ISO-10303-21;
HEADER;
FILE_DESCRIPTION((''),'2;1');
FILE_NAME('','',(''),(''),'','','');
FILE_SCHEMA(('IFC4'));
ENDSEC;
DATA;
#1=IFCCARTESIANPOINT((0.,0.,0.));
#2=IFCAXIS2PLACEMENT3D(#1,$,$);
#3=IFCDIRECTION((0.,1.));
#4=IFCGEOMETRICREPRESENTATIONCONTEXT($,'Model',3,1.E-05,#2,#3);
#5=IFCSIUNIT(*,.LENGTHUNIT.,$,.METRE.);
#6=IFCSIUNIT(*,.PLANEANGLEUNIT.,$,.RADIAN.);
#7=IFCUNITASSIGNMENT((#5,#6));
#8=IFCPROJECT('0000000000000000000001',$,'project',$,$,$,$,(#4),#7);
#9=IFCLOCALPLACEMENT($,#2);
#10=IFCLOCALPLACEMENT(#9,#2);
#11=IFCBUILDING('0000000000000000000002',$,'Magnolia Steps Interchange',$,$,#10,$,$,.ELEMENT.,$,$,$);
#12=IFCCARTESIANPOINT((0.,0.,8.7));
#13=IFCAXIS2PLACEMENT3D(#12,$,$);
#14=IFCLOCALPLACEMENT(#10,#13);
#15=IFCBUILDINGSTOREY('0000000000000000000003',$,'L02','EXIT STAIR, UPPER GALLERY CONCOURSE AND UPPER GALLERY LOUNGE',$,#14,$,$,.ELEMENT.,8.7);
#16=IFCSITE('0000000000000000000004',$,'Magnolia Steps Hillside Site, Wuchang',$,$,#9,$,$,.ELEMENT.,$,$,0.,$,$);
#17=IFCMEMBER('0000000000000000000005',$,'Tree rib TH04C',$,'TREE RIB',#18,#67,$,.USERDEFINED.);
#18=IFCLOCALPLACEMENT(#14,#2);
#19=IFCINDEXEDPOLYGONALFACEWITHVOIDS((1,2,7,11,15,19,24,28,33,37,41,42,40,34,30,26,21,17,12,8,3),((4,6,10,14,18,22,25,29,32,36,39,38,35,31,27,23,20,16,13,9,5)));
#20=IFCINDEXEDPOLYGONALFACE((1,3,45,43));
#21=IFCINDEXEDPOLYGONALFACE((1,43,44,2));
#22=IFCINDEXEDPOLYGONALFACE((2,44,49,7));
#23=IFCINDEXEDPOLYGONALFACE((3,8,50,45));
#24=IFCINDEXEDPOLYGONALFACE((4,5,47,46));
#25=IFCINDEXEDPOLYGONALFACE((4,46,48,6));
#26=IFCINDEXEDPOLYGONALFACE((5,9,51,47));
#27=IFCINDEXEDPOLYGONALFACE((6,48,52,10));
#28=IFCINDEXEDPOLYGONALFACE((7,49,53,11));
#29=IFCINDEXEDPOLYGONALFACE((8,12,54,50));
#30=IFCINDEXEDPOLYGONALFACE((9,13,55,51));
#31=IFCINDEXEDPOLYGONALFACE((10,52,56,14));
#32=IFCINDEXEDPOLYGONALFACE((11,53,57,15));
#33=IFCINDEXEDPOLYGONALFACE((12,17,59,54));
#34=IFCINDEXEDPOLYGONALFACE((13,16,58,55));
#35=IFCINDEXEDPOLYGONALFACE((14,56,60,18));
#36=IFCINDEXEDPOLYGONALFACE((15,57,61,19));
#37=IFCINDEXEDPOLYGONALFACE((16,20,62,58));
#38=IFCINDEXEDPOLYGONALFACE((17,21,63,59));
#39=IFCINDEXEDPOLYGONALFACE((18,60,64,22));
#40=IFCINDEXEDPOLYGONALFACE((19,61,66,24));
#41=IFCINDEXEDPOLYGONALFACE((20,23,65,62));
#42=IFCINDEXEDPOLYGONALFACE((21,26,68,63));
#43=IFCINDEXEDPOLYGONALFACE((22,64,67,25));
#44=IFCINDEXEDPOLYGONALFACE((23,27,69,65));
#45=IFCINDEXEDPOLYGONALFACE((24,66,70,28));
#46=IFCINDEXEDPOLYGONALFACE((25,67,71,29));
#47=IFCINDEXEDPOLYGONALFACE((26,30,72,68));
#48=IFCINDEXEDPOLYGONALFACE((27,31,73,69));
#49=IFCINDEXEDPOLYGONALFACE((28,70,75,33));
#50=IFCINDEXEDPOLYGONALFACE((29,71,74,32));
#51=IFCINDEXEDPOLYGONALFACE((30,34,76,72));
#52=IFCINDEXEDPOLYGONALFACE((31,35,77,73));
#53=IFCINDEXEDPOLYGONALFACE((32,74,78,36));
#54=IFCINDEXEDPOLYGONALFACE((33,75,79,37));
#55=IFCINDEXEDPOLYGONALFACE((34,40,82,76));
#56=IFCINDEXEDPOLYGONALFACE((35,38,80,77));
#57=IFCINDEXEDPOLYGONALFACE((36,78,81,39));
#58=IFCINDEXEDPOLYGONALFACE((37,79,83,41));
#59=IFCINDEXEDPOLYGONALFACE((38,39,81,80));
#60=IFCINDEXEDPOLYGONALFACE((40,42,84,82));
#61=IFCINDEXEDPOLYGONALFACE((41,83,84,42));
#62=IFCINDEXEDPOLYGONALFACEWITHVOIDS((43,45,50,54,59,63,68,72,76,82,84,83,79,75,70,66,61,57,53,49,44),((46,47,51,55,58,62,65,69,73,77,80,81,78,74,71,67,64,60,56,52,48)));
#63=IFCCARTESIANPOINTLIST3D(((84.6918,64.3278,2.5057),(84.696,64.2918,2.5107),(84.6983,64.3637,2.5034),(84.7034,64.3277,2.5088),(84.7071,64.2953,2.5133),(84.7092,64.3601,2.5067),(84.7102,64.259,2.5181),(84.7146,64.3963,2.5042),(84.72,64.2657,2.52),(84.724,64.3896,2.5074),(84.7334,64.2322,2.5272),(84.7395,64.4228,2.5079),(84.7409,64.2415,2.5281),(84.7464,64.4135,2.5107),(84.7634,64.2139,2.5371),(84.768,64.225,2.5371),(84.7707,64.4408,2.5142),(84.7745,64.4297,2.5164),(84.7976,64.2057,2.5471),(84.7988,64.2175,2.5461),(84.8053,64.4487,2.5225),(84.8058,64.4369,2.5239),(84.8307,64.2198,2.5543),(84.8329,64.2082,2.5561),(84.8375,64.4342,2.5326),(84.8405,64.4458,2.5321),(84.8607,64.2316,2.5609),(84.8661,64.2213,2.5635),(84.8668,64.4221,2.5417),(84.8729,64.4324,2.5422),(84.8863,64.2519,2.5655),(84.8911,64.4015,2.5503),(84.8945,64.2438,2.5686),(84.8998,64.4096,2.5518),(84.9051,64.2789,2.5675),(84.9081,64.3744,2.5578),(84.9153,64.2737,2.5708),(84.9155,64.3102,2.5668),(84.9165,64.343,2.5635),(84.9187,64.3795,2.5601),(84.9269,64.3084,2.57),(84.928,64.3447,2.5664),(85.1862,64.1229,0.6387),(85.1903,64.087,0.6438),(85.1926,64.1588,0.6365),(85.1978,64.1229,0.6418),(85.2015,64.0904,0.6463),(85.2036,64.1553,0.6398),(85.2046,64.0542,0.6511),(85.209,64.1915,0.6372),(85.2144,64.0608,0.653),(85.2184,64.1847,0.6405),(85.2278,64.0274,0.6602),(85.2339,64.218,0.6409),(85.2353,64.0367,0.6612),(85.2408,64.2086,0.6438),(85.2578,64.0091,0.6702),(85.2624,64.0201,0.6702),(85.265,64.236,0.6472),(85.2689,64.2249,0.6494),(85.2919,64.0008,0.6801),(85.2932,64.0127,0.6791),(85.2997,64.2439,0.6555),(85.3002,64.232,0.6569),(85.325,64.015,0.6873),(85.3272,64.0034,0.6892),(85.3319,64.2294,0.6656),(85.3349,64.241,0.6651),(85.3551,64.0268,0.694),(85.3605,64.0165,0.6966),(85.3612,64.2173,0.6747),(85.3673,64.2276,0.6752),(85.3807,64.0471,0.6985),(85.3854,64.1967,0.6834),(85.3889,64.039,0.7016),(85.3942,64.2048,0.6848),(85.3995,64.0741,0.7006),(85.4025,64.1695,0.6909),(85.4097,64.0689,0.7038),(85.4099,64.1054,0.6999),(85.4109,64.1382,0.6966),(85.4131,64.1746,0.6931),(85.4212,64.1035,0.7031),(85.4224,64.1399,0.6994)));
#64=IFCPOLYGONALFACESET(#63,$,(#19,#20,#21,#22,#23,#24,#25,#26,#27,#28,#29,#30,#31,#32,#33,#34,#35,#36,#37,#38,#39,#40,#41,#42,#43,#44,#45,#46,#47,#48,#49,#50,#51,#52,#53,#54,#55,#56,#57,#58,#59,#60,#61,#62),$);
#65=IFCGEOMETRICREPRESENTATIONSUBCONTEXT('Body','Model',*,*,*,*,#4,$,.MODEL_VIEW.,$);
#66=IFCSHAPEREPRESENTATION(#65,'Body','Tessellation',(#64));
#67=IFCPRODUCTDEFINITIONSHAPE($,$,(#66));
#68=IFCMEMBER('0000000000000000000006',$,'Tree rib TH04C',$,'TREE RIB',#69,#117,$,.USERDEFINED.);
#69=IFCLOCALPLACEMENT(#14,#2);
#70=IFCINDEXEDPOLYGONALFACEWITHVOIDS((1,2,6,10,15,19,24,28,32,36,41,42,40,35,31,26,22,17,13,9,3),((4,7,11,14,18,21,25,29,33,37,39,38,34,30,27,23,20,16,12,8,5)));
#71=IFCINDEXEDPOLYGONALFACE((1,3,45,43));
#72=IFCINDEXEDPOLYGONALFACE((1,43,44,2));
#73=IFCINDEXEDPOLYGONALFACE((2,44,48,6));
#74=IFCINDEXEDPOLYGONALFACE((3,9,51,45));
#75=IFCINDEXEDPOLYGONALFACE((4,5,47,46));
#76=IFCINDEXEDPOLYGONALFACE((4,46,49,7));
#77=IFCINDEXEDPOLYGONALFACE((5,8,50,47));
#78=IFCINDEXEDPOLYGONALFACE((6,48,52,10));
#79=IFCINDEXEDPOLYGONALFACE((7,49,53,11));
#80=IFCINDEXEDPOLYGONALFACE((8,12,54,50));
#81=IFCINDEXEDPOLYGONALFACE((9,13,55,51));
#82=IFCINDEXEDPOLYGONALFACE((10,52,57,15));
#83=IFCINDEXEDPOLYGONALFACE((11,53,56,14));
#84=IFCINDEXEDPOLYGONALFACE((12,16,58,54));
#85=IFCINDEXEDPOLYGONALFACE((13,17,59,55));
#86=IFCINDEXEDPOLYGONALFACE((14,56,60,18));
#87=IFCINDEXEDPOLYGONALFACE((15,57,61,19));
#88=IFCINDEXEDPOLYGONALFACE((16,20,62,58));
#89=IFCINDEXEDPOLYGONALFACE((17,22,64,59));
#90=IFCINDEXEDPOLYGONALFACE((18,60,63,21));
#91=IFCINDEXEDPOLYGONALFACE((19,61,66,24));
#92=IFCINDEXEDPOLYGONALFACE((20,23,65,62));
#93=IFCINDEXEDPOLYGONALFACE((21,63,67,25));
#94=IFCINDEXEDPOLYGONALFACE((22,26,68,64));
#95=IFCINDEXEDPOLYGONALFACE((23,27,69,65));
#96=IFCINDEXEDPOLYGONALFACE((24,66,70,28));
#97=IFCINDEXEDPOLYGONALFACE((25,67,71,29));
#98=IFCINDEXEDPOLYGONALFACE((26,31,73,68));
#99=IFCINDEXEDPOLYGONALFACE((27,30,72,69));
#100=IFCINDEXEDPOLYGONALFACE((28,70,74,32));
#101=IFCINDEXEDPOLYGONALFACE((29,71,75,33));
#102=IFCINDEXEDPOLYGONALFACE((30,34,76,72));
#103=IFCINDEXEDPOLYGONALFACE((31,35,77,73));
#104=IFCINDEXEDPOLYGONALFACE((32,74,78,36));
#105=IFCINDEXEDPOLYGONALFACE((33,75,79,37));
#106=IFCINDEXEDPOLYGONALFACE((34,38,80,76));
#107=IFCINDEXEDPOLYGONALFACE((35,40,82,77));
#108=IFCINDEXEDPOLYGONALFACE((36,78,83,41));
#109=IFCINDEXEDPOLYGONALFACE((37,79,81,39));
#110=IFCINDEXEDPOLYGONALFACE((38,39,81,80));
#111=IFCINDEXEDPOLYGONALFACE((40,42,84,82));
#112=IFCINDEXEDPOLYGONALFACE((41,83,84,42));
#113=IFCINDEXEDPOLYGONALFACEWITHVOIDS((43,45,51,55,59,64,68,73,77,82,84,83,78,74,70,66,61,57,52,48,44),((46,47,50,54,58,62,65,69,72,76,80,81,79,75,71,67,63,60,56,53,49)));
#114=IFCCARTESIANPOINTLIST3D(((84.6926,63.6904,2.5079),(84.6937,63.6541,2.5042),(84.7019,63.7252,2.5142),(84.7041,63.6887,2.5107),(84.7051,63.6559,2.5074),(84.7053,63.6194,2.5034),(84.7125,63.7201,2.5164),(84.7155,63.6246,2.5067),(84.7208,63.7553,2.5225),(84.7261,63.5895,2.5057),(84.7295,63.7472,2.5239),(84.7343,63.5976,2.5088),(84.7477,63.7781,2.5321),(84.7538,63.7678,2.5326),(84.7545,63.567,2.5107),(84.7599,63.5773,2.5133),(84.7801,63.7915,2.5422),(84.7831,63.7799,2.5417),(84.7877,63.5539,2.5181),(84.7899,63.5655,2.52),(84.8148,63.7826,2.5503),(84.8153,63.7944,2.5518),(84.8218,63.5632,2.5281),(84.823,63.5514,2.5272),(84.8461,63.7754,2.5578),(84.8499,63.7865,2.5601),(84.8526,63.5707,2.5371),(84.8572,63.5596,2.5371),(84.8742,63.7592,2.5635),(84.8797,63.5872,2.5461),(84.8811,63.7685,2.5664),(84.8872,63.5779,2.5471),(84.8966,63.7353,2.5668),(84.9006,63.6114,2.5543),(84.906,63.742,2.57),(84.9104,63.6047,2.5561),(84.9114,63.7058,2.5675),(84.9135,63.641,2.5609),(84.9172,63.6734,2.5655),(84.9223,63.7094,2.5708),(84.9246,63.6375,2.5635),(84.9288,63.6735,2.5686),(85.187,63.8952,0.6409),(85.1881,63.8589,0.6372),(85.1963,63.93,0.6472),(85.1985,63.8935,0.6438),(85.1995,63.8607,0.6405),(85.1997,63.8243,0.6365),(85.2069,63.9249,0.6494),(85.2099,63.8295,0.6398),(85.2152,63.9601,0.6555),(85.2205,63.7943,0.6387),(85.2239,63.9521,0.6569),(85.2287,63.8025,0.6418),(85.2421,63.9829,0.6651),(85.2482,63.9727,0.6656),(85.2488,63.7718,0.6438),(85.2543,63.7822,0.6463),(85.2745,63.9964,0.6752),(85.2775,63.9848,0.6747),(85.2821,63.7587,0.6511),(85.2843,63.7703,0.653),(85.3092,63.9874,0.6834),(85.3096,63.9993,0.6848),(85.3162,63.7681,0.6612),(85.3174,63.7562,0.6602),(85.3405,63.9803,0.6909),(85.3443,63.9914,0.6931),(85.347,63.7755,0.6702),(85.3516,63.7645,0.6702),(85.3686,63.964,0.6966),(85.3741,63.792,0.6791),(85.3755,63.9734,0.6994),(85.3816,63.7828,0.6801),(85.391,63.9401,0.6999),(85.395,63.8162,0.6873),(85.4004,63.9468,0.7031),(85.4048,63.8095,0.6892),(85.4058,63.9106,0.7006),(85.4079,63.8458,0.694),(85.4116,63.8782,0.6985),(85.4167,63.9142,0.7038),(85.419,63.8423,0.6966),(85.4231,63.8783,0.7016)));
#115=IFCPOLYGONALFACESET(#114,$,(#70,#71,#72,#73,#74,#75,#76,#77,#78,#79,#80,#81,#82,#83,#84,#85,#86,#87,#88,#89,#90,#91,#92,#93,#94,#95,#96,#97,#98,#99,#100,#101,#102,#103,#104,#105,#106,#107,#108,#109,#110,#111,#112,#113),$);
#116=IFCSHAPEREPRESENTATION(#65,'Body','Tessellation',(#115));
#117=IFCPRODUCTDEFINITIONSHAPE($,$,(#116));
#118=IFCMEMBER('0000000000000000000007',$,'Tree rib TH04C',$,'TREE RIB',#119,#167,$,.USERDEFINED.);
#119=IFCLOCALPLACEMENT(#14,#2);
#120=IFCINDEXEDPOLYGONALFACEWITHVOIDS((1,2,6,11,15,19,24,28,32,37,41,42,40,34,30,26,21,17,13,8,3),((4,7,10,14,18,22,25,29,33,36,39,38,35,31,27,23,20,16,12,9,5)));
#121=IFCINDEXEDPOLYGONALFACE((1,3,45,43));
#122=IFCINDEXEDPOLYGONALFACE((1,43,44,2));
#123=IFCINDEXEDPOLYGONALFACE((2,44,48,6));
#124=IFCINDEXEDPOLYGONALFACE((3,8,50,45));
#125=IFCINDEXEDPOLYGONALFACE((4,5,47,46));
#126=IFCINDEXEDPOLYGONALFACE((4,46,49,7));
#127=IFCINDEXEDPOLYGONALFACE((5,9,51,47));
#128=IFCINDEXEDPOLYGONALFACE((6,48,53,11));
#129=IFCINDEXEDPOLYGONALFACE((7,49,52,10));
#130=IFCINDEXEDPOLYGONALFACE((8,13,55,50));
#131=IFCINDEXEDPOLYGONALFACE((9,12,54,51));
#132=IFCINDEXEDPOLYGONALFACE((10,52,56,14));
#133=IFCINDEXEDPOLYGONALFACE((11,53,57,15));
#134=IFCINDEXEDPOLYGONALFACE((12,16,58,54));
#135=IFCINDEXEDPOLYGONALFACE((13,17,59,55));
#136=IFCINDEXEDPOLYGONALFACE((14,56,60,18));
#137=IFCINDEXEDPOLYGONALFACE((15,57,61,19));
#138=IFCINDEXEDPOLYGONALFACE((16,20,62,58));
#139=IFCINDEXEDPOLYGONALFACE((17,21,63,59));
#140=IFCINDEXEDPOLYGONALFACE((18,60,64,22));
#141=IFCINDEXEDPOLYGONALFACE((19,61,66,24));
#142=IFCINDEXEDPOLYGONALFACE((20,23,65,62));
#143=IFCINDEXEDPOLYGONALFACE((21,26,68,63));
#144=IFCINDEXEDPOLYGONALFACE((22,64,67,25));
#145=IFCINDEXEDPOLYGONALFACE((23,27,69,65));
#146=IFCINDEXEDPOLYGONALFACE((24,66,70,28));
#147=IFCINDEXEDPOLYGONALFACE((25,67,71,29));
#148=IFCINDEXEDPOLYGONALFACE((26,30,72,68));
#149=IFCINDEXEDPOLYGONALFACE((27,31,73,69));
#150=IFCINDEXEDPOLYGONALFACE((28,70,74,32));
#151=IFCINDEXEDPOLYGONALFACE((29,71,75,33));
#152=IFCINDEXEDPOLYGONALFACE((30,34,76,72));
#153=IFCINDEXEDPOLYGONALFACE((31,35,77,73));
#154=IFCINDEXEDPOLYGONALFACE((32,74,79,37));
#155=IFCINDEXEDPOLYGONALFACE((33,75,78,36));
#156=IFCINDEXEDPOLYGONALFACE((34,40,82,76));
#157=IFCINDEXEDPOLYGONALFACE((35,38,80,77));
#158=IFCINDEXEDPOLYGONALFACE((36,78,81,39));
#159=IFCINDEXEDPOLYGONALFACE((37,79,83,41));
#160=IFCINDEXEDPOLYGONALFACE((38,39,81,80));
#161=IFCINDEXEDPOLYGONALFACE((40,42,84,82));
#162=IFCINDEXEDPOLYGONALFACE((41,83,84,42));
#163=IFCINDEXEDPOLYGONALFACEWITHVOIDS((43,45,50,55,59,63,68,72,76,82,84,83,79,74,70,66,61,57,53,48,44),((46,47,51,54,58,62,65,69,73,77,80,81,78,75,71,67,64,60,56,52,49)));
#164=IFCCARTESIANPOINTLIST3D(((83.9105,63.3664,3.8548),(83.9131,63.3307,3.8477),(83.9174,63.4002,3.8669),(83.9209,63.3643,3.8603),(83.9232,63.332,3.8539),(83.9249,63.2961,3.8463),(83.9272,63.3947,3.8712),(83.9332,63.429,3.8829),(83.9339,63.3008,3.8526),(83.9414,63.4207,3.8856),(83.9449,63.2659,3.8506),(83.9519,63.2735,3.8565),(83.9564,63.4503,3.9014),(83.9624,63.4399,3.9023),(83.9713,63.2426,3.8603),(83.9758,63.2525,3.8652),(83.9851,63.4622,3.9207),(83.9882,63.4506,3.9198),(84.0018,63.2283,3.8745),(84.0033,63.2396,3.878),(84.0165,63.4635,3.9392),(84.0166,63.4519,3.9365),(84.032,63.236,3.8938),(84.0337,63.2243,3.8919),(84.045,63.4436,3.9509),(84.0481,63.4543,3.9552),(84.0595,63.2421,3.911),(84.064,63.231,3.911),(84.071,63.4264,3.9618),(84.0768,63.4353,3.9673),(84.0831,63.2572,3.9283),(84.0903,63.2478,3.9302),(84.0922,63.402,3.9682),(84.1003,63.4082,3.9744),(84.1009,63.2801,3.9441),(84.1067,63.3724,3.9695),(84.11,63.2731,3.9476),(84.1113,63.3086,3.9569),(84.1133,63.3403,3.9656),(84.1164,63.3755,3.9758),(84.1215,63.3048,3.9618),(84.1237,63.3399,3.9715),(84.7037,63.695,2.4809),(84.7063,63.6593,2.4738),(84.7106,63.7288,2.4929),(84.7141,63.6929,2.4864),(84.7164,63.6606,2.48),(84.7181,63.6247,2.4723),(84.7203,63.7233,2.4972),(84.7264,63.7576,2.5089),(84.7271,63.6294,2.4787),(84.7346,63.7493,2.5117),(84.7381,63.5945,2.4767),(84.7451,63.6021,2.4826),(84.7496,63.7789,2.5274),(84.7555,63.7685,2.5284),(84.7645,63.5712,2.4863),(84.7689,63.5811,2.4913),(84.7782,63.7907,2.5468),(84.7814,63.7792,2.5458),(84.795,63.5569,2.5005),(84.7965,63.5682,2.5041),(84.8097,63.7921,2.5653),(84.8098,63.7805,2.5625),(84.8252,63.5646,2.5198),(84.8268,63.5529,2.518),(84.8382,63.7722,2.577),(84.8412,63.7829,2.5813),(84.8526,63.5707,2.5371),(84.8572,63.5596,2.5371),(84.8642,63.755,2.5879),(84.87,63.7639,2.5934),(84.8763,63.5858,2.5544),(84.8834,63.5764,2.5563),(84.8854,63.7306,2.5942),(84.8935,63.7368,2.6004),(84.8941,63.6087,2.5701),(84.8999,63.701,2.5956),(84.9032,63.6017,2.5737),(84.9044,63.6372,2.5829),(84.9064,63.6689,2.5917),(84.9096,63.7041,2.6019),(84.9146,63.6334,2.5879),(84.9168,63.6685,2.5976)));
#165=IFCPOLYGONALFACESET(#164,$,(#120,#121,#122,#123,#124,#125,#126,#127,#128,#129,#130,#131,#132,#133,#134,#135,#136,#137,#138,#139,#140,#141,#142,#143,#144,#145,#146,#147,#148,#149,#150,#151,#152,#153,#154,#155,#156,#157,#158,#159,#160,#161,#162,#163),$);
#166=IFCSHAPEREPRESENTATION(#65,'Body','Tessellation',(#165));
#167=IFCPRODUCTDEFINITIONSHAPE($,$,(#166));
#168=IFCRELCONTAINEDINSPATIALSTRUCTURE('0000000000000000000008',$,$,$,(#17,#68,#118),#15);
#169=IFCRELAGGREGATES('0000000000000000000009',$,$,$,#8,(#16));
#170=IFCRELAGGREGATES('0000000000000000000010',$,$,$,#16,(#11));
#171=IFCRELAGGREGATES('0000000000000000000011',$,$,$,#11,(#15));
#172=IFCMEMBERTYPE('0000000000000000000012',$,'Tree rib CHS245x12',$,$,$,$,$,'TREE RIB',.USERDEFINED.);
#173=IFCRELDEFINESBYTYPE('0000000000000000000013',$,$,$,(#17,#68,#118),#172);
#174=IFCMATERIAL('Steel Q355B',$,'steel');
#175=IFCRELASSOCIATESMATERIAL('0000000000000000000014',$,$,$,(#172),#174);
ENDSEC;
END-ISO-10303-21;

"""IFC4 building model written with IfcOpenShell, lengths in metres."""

from ifc_helpers import new_model, si_unit, direction, frame, origin, origin_2d, place, context, subcontext, project, spatial, hollow_circle, extrude, material, material_profile, profile_set, type_object, element, save


model = new_model("IFC4")

# Units and contexts
model_context = context("Model", 3, precision=1e-05, world=origin(), true_north=direction((0.0, 1.0)))
body_context = subcontext(model_context, "Body", "Model", "MODEL_VIEW")
ifc_project = project(units=[si_unit("LENGTHUNIT", "METRE"), si_unit("PLANEANGLEUNIT", "RADIAN")], contexts=[model_context])

# Site, building, storey
site_placement = place(None, origin())
site = spatial("IfcSite", under=ifc_project, at=site_placement, Name="Magnolia Steps Hillside Site, Wuchang", CompositionType="ELEMENT", RefElevation=0.0)
building_placement = place(site_placement, origin())
building = spatial("IfcBuilding", under=site, at=building_placement, Name="Magnolia Steps Interchange", CompositionType="ELEMENT")
storey_placement = place(building_placement, frame((0.0, 0.0, 8.7)))
storey = spatial("IfcBuildingStorey", under=building, at=storey_placement, Name="L02", Description="EXIT STAIR, UPPER GALLERY CONCOURSE AND UPPER GALLERY LOUNGE", CompositionType="ELEMENT", Elevation=8.7)

# Members
ifc_material_1 = material(Name="Steel Q355B", Category="steel")
ifc_material_profile_1 = material_profile(ifc_material_1, hollow_circle(Radius=0.1226, WallThickness=0.012, at=origin_2d()), Name="CHS245x12")
ifc_profile_set_1 = profile_set([ifc_material_profile_1], Name="Steel Q355B")
member_type = type_object("IfcMemberType", Name="Tree rib CHS245x12", ElementType="TREE RIB", PredefinedType="USERDEFINED", material=ifc_profile_set_1)
for number, where, z_axis, x_axis, name in (
    (1, (85.3047, 64.1223, 0.6702), (-0.254559, 0.105469, 0.961289), (-0.382768, -0.923844, 0.0), "Tree rib TH04C"),
    (2, (85.3047, 63.8777, 0.6702), (-0.254559, -0.105469, 0.961289), (0.382768, -0.923844, 0.0), "Tree rib TH04C"),
):
    element("IfcMember", number, at=place(storey_placement, frame(where, z_axis=z_axis, x_axis=x_axis)), inside=storey, type_object=member_type, Name=name, ObjectType="TREE RIB", PredefinedType="USERDEFINED", context=body_context, shape_type="SweptSolid", body=[
        extrude(hollow_circle(Radius=0.1226, WallThickness=0.012, at=origin_2d()), origin(), (0.0, 0.0, 1.0), 1.9421),
    ])
member_1_placement = place(storey_placement, frame((84.8103, 63.6729, 2.5371), z_axis=(-0.489571, -0.20282, 0.848047), x_axis=(0.382737, -0.923857, 0.0)))
element("IfcMember", 3, at=member_1_placement, inside=storey, type_object=member_type, Name="Tree rib TH04C", ObjectType="TREE RIB", PredefinedType="USERDEFINED", context=body_context, shape_type="SweptSolid", body=[
    extrude(hollow_circle(Radius=0.1226, WallThickness=0.012, at=origin_2d()), origin(), (0.0, 0.0, 1.0), 1.6201),
])

save(model, "model.ifc")
